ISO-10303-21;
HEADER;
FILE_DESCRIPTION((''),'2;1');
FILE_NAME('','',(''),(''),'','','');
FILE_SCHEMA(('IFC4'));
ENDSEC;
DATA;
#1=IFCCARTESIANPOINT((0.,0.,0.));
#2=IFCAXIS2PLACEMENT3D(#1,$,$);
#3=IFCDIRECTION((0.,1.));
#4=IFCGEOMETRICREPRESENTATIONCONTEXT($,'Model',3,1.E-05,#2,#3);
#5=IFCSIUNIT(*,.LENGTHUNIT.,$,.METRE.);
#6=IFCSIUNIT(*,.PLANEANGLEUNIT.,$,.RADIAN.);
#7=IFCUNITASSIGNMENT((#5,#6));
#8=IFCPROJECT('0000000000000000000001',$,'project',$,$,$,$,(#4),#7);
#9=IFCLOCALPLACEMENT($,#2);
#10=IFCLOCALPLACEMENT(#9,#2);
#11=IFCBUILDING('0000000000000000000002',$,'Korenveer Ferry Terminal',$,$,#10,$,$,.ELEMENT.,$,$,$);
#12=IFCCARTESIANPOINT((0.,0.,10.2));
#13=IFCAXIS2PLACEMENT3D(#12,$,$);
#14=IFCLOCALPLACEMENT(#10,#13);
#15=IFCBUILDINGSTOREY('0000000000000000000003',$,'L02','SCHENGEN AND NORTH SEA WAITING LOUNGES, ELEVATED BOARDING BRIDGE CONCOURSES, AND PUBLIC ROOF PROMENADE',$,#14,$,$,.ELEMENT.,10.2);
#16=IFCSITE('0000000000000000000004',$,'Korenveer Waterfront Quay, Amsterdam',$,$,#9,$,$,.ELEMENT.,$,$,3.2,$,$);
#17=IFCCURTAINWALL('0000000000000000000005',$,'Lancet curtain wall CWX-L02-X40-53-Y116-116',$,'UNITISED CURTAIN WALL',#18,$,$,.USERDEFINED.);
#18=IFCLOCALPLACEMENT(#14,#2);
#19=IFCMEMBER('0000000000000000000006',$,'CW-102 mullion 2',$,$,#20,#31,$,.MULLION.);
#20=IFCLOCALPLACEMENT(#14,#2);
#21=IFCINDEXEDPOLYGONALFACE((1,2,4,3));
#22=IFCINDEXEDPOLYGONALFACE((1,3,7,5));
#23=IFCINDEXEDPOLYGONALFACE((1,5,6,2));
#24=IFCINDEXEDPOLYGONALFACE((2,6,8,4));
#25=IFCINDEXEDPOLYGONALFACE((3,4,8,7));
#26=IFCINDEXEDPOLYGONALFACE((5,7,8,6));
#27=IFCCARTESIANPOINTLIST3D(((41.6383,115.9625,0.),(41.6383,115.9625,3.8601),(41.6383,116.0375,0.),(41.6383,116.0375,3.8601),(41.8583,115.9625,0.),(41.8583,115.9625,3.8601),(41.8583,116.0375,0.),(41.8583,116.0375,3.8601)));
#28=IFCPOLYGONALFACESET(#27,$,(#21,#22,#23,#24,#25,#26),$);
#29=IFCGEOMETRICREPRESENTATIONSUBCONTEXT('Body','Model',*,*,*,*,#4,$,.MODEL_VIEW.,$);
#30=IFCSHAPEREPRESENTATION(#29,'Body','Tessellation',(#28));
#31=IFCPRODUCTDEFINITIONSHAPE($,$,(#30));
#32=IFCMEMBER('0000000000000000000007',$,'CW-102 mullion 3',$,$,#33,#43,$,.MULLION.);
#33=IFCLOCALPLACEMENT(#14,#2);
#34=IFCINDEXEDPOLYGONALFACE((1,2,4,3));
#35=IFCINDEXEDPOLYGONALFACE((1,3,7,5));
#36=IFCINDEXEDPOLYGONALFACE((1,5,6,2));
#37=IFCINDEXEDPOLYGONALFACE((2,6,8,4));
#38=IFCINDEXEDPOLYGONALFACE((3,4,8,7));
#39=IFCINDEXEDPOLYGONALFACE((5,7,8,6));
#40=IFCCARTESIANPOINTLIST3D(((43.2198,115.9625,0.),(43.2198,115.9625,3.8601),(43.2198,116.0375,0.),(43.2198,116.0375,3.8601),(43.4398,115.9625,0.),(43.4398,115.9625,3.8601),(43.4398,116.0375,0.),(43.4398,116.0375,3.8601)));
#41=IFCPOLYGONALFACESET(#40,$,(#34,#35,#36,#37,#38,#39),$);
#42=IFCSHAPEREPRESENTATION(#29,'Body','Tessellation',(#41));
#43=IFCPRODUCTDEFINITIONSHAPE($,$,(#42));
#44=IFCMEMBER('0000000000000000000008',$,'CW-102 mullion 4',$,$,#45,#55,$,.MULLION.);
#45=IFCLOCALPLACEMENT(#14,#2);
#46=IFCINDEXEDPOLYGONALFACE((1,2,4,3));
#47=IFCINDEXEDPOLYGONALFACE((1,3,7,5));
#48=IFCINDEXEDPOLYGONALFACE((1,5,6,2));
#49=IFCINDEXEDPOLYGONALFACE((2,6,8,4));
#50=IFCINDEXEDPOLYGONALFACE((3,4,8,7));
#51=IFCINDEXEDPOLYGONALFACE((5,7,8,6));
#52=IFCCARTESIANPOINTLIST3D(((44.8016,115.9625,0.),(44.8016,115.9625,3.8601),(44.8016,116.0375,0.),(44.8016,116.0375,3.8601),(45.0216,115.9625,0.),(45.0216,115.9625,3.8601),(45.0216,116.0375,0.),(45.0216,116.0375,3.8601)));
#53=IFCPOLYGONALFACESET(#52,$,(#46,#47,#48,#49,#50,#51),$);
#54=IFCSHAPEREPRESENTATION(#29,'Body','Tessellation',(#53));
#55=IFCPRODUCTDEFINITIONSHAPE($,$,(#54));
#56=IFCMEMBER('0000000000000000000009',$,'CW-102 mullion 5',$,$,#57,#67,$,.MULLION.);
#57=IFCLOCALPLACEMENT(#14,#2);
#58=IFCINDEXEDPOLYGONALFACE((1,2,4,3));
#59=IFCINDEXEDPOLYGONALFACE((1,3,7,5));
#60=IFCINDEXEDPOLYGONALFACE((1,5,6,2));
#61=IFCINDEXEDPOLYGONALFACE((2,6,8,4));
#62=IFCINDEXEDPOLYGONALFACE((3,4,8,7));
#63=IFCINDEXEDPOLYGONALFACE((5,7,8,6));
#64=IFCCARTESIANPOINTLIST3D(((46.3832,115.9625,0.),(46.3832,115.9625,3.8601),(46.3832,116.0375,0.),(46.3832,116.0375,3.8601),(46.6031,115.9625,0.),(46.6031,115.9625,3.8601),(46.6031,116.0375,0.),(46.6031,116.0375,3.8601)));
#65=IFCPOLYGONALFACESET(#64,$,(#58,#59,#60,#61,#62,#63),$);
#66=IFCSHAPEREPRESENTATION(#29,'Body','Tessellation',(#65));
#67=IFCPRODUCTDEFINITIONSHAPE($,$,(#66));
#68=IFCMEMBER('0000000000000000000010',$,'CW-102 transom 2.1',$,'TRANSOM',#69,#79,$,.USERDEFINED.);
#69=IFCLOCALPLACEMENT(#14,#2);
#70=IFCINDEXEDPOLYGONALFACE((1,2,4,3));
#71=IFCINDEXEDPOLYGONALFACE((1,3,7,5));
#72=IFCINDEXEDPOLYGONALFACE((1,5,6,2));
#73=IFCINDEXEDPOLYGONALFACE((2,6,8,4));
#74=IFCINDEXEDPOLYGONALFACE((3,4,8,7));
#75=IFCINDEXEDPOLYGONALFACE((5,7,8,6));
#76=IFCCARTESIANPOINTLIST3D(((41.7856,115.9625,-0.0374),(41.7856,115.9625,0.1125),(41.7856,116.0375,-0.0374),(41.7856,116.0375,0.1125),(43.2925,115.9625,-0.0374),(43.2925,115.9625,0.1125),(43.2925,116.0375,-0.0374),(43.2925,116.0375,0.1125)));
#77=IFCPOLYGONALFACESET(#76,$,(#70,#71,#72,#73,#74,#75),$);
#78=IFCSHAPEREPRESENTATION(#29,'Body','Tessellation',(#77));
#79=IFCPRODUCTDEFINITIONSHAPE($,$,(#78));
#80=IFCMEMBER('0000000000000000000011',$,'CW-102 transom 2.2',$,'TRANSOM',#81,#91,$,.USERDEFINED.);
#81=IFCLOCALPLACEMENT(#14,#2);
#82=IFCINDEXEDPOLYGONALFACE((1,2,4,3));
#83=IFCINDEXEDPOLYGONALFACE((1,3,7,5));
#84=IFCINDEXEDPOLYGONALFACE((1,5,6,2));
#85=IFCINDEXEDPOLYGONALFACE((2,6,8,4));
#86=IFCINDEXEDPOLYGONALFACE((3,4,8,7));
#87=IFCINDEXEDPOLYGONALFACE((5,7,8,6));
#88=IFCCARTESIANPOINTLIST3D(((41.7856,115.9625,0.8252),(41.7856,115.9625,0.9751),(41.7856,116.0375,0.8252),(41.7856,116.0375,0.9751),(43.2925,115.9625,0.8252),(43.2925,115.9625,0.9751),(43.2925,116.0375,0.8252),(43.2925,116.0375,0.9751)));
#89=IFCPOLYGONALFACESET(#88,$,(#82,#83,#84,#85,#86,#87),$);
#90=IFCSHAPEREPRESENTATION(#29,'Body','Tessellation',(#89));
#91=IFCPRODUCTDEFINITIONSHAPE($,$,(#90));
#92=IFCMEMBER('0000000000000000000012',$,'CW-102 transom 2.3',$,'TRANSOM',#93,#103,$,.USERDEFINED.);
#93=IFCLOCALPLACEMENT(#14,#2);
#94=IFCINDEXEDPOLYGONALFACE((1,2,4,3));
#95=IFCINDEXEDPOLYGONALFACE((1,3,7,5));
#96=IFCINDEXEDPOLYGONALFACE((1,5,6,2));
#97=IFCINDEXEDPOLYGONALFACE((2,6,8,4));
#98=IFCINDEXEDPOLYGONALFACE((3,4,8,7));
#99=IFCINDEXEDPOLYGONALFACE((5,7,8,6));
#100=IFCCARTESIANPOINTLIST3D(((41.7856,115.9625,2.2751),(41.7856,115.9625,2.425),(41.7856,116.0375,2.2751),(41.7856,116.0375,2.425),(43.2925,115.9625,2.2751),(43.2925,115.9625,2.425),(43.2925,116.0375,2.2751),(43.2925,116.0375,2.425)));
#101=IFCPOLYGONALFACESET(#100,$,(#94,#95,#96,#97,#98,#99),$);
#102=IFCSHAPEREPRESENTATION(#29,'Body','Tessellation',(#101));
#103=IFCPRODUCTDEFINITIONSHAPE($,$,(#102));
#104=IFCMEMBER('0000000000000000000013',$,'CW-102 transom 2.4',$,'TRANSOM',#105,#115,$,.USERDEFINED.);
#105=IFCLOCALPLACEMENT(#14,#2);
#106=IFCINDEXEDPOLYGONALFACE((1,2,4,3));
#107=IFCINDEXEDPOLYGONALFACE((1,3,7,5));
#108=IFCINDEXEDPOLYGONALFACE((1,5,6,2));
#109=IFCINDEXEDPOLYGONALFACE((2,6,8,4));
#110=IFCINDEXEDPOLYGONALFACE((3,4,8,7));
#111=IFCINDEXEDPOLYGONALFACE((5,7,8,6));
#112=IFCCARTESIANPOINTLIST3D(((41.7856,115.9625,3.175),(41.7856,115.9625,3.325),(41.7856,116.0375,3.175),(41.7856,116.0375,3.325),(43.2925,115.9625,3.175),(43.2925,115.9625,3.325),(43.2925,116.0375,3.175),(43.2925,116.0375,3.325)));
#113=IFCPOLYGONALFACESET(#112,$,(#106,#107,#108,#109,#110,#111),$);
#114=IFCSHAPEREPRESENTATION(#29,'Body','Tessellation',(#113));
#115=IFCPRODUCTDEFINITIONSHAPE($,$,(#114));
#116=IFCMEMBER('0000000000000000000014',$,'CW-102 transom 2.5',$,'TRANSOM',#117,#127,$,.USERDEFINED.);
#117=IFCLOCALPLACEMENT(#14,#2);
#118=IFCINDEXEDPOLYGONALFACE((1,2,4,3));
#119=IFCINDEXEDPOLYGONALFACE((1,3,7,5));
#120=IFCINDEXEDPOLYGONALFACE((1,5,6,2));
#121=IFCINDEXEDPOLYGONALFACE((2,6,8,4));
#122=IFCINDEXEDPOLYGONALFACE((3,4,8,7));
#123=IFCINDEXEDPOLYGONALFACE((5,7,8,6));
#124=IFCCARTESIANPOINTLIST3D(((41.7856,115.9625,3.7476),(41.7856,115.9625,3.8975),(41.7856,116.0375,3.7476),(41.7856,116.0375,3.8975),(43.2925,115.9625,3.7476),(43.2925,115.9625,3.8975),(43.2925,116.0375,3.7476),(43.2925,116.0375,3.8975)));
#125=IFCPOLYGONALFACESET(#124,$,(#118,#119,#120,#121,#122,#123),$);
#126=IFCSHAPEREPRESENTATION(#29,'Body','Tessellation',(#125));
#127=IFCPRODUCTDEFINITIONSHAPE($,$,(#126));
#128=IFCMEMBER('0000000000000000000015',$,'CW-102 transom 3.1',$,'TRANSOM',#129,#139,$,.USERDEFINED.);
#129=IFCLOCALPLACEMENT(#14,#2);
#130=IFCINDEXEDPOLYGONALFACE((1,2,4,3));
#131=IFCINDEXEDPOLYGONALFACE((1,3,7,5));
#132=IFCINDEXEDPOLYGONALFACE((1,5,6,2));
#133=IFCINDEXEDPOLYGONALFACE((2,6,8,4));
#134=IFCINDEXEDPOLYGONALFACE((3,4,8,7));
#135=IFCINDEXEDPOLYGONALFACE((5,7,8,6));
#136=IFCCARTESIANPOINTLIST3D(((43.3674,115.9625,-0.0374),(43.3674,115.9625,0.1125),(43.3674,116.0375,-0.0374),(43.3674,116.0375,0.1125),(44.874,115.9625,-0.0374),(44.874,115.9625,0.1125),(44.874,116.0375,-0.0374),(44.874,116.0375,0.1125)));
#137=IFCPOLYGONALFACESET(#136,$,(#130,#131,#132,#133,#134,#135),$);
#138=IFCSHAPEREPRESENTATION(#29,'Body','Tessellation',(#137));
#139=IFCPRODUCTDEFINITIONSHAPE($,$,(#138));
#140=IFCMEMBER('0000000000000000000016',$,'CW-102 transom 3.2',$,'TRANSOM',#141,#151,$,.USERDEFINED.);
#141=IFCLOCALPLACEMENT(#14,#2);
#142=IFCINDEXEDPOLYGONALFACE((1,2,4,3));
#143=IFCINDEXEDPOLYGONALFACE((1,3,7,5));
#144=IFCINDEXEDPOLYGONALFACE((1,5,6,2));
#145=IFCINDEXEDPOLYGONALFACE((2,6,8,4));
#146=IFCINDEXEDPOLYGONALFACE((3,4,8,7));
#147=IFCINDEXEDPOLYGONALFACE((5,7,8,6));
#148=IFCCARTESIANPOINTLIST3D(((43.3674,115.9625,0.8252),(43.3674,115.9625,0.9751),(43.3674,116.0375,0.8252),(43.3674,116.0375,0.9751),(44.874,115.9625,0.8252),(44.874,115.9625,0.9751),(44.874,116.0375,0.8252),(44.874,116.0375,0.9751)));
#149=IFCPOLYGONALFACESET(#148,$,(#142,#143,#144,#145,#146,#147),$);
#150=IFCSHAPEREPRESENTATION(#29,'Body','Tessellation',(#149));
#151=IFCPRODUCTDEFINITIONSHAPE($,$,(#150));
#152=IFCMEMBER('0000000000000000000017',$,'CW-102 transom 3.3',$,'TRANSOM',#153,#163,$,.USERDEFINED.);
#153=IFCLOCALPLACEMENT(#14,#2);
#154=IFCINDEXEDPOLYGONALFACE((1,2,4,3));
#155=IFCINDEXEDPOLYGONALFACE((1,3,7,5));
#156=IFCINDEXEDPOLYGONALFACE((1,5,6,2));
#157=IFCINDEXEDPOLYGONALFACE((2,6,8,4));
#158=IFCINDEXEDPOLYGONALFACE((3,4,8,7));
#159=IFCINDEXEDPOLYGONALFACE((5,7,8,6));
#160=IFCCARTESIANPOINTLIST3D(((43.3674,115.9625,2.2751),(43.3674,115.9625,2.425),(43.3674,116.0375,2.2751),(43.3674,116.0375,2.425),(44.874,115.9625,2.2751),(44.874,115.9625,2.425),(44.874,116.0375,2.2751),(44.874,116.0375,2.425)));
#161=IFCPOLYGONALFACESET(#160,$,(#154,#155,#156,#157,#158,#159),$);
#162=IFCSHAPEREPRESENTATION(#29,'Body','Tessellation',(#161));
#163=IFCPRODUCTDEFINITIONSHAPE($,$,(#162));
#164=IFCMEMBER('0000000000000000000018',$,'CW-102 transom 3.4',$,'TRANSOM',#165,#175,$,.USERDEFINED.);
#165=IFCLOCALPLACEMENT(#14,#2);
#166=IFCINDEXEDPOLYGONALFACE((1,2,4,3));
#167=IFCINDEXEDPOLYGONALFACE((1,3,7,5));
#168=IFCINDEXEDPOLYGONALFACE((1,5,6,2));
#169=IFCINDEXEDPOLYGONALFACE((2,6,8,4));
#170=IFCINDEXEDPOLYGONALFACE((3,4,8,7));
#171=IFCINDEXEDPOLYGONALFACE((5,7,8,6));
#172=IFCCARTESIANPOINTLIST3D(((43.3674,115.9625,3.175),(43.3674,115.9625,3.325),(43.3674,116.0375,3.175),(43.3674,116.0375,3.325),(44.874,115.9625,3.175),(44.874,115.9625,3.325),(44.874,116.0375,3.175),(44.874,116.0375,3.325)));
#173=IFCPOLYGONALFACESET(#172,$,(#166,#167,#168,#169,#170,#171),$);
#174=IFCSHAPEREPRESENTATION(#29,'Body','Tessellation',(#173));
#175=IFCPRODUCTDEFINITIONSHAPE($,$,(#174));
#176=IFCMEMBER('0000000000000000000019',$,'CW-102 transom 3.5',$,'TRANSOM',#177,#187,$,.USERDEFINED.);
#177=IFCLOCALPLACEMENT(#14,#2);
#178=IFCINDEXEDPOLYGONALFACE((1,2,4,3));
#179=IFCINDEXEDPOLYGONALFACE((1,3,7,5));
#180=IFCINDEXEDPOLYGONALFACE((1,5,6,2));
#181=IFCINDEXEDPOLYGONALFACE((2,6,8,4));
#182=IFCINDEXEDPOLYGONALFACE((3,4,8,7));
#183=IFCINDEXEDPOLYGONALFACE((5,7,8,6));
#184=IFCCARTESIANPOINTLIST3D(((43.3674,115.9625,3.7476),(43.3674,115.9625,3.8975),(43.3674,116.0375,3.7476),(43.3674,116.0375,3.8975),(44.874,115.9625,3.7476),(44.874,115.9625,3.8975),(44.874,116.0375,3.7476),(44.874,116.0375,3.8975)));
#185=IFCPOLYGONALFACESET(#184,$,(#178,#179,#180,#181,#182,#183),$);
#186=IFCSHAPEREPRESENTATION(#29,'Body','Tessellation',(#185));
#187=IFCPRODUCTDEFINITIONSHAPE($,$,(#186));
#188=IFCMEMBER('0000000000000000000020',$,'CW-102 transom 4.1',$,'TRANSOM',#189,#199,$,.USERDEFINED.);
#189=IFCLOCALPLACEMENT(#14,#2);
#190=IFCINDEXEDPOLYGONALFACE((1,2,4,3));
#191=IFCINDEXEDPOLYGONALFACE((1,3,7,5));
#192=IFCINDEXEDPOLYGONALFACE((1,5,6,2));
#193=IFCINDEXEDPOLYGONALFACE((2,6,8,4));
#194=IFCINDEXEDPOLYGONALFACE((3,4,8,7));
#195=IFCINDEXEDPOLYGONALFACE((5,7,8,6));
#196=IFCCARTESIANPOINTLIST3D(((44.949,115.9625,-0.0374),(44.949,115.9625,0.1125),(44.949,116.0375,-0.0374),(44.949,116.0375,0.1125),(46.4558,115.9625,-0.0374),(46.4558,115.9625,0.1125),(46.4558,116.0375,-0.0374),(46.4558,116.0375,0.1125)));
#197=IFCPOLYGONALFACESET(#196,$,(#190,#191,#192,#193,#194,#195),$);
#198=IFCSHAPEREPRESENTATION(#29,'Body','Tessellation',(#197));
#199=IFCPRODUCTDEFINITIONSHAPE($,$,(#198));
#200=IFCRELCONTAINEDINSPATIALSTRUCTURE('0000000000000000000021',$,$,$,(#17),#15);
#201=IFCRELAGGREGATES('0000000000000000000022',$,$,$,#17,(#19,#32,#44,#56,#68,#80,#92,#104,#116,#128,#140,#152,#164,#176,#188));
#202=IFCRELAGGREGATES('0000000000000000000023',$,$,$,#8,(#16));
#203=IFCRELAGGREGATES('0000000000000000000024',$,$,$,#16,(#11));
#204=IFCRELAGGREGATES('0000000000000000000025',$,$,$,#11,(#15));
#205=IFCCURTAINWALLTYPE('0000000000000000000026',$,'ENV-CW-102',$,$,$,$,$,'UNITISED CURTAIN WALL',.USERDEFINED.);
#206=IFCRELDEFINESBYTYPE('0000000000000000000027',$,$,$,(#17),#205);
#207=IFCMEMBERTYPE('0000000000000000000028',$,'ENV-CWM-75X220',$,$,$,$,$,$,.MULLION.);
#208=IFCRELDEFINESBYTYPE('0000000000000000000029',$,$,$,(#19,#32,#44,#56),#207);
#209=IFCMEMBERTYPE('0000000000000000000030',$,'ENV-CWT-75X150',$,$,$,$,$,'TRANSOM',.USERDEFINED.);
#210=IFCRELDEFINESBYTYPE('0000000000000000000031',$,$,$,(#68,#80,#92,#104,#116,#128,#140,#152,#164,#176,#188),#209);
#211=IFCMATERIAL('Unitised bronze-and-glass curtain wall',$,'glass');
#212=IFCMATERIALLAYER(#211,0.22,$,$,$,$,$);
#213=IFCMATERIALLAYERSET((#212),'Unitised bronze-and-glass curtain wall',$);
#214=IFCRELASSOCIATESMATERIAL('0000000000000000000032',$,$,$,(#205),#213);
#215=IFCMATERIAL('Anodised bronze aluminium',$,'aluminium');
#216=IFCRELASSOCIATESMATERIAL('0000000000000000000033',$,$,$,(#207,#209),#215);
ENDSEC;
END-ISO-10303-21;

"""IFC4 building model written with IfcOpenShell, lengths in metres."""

from ifc_helpers import new_model, si_unit, direction, frame, origin, origin_2d, place, context, subcontext, project, spatial, rectangle, extrude, material, layer, layer_set, material_profile, profile_set, type_object, element, aggregate, save


model = new_model("IFC4")

# Units and contexts
model_context = context("Model", 3, precision=1e-05, world=origin(), true_north=direction((0.0, 1.0)))
body_context = subcontext(model_context, "Body", "Model", "MODEL_VIEW")
ifc_project = project(units=[si_unit("LENGTHUNIT", "METRE"), si_unit("PLANEANGLEUNIT", "RADIAN")], contexts=[model_context])

# Site, building, storey
site_placement = place(None, origin())
site = spatial("IfcSite", under=ifc_project, at=site_placement, Name="Korenveer Waterfront Quay, Amsterdam", CompositionType="ELEMENT", RefElevation=3.2)
building_placement = place(site_placement, origin())
building = spatial("IfcBuilding", under=site, at=building_placement, Name="Korenveer Ferry Terminal", CompositionType="ELEMENT")
storey_placement = place(building_placement, frame((0.0, 0.0, 10.2)))
storey = spatial("IfcBuildingStorey", under=building, at=storey_placement, Name="L02", Description="SCHENGEN AND NORTH SEA WAITING LOUNGES, ELEVATED BOARDING BRIDGE CONCOURSES, AND PUBLIC ROOF PROMENADE", CompositionType="ELEMENT", Elevation=10.2)

# Curtain wall, members
ifc_material_1 = material(Name="Unitised bronze-and-glass curtain wall", Category="glass")
ifc_layer_1 = layer(ifc_material_1, 0.22)
ifc_layer_set_1 = layer_set([ifc_layer_1], Name="Unitised bronze-and-glass curtain wall")
curtain_wall_type = type_object("IfcCurtainWallType", Name="ENV-CW-102", ElementType="UNITISED CURTAIN WALL", PredefinedType="USERDEFINED", material=ifc_layer_set_1)
curtain_wall_placement = place(storey_placement, frame((40.1665, 116.0, 0.0)))
curtain_wall = element("IfcCurtainWall", 1, at=curtain_wall_placement, inside=storey, type_object=curtain_wall_type, Name="Lancet curtain wall CWX-L02-X40-53-Y116-116", ObjectType="UNITISED CURTAIN WALL", PredefinedType="USERDEFINED")
ifc_material_2 = material(Name="Anodised bronze aluminium", Category="aluminium")
ifc_material_profile_1 = material_profile(ifc_material_2, rectangle(XDim=0.075, YDim=0.22, at=origin_2d()), Name="ALU 75x220")
ifc_profile_set_1 = profile_set([ifc_material_profile_1], Name="Anodised bronze aluminium")
member_type_1 = type_object("IfcMemberType", Name="ENV-CWM-75X220", PredefinedType="MULLION", material=ifc_profile_set_1)
member_1_placement = place(storey_placement, frame((41.7483, 116.0, 0.0), z_axis=(0.0, 0.0, 1.0), x_axis=(0.0, 1.0, 0.0)))
member_1 = element("IfcMember", 2, at=member_1_placement, type_object=member_type_1, Name="CW-102 mullion 2", PredefinedType="MULLION", context=body_context, shape_type="SweptSolid", body=[
    extrude(rectangle(XDim=0.075, YDim=0.22, at=origin_2d()), origin(), (0.0, 0.0, 1.0), 3.8601),
])
member_2_placement = place(storey_placement, frame((43.3298, 116.0, 0.0), z_axis=(0.0, 0.0, 1.0), x_axis=(0.0, 1.0, 0.0)))
member_2 = element("IfcMember", 3, at=member_2_placement, type_object=member_type_1, Name="CW-102 mullion 3", PredefinedType="MULLION", context=body_context, shape_type="SweptSolid", body=[
    extrude(rectangle(XDim=0.075, YDim=0.22, at=origin_2d()), origin(), (0.0, 0.0, 1.0), 3.8601),
])
member_3_placement = place(storey_placement, frame((44.9116, 116.0, 0.0), z_axis=(0.0, 0.0, 1.0), x_axis=(0.0, 1.0, 0.0)))
member_3 = element("IfcMember", 4, at=member_3_placement, type_object=member_type_1, Name="CW-102 mullion 4", PredefinedType="MULLION", context=body_context, shape_type="SweptSolid", body=[
    extrude(rectangle(XDim=0.075, YDim=0.22, at=origin_2d()), origin(), (0.0, 0.0, 1.0), 3.8601),
])
member_4_placement = place(storey_placement, frame((46.4932, 116.0, 0.0), z_axis=(0.0, 0.0, 1.0), x_axis=(0.0, 1.0, 0.0)))
member_4 = element("IfcMember", 5, at=member_4_placement, type_object=member_type_1, Name="CW-102 mullion 5", PredefinedType="MULLION", context=body_context, shape_type="SweptSolid", body=[
    extrude(rectangle(XDim=0.075, YDim=0.22, at=origin_2d()), origin(), (0.0, 0.0, 1.0), 3.8601),
])
ifc_material_profile_2 = material_profile(ifc_material_2, rectangle(XDim=0.075, YDim=0.1499, at=origin_2d()), Name="ALU 75x150")
ifc_profile_set_2 = profile_set([ifc_material_profile_2], Name="Anodised bronze aluminium")
member_type_2 = type_object("IfcMemberType", Name="ENV-CWT-75X150", ElementType="TRANSOM", PredefinedType="USERDEFINED", material=ifc_profile_set_2)
member_5_placement = place(storey_placement, frame((41.7856, 116.0, 0.0376), z_axis=(1.0, 0.0, 0.0), x_axis=(0.0, 1.0, 0.0)))
member_5 = element("IfcMember", 6, at=member_5_placement, type_object=member_type_2, Name="CW-102 transom 2.1", ObjectType="TRANSOM", PredefinedType="USERDEFINED", context=body_context, shape_type="SweptSolid", body=[
    extrude(rectangle(XDim=0.075, YDim=0.1499, at=origin_2d()), origin(), (0.0, 0.0, 1.0), 1.5068),
])
member_6_placement = place(storey_placement, frame((41.7856, 116.0, 0.9001), z_axis=(1.0, 0.0, 0.0), x_axis=(0.0, 1.0, 0.0)))
member_6 = element("IfcMember", 7, at=member_6_placement, type_object=member_type_2, Name="CW-102 transom 2.2", ObjectType="TRANSOM", PredefinedType="USERDEFINED", context=body_context, shape_type="SweptSolid", body=[
    extrude(rectangle(XDim=0.075, YDim=0.1499, at=origin_2d()), origin(), (0.0, 0.0, 1.0), 1.5068),
])
member_7_placement = place(storey_placement, frame((41.7856, 116.0, 2.3501), z_axis=(1.0, 0.0, 0.0), x_axis=(0.0, 1.0, 0.0)))
member_7 = element("IfcMember", 8, at=member_7_placement, type_object=member_type_2, Name="CW-102 transom 2.3", ObjectType="TRANSOM", PredefinedType="USERDEFINED", context=body_context, shape_type="SweptSolid", body=[
    extrude(rectangle(XDim=0.075, YDim=0.1499, at=origin_2d()), origin(), (0.0, 0.0, 1.0), 1.5068),
])
member_8_placement = place(storey_placement, frame((41.7856, 116.0, 3.25), z_axis=(1.0, 0.0, 0.0), x_axis=(0.0, 1.0, 0.0)))
member_8 = element("IfcMember", 9, at=member_8_placement, type_object=member_type_2, Name="CW-102 transom 2.4", ObjectType="TRANSOM", PredefinedType="USERDEFINED", context=body_context, shape_type="SweptSolid", body=[
    extrude(rectangle(XDim=0.075, YDim=0.1499, at=origin_2d()), origin(), (0.0, 0.0, 1.0), 1.5068),
])
member_9_placement = place(storey_placement, frame((41.7856, 116.0, 3.8225), z_axis=(1.0, 0.0, 0.0), x_axis=(0.0, 1.0, 0.0)))
member_9 = element("IfcMember", 10, at=member_9_placement, type_object=member_type_2, Name="CW-102 transom 2.5", ObjectType="TRANSOM", PredefinedType="USERDEFINED", context=body_context, shape_type="SweptSolid", body=[
    extrude(rectangle(XDim=0.075, YDim=0.1499, at=origin_2d()), origin(), (0.0, 0.0, 1.0), 1.5068),
])
member_10_placement = place(storey_placement, frame((43.3674, 116.0, 0.0376), z_axis=(1.0, 0.0, 0.0), x_axis=(0.0, 1.0, 0.0)))
member_10 = element("IfcMember", 11, at=member_10_placement, type_object=member_type_2, Name="CW-102 transom 3.1", ObjectType="TRANSOM", PredefinedType="USERDEFINED", context=body_context, shape_type="SweptSolid", body=[
    extrude(rectangle(XDim=0.075, YDim=0.1499, at=origin_2d()), origin(), (0.0, 0.0, 1.0), 1.5066),
])
member_11_placement = place(storey_placement, frame((43.3674, 116.0, 0.9001), z_axis=(1.0, 0.0, 0.0), x_axis=(0.0, 1.0, 0.0)))
member_11 = element("IfcMember", 12, at=member_11_placement, type_object=member_type_2, Name="CW-102 transom 3.2", ObjectType="TRANSOM", PredefinedType="USERDEFINED", context=body_context, shape_type="SweptSolid", body=[
    extrude(rectangle(XDim=0.075, YDim=0.1499, at=origin_2d()), origin(), (0.0, 0.0, 1.0), 1.5066),
])
member_12_placement = place(storey_placement, frame((43.3674, 116.0, 2.3501), z_axis=(1.0, 0.0, 0.0), x_axis=(0.0, 1.0, 0.0)))
member_12 = element("IfcMember", 13, at=member_12_placement, type_object=member_type_2, Name="CW-102 transom 3.3", ObjectType="TRANSOM", PredefinedType="USERDEFINED", context=body_context, shape_type="SweptSolid", body=[
    extrude(rectangle(XDim=0.075, YDim=0.1499, at=origin_2d()), origin(), (0.0, 0.0, 1.0), 1.5066),
])
member_13_placement = place(storey_placement, frame((43.3674, 116.0, 3.25), z_axis=(1.0, 0.0, 0.0), x_axis=(0.0, 1.0, 0.0)))
member_13 = element("IfcMember", 14, at=member_13_placement, type_object=member_type_2, Name="CW-102 transom 3.4", ObjectType="TRANSOM", PredefinedType="USERDEFINED", context=body_context, shape_type="SweptSolid", body=[
    extrude(rectangle(XDim=0.075, YDim=0.1499, at=origin_2d()), origin(), (0.0, 0.0, 1.0), 1.5066),
])
member_14_placement = place(storey_placement, frame((43.3674, 116.0, 3.8225), z_axis=(1.0, 0.0, 0.0), x_axis=(0.0, 1.0, 0.0)))
member_14 = element("IfcMember", 15, at=member_14_placement, type_object=member_type_2, Name="CW-102 transom 3.5", ObjectType="TRANSOM", PredefinedType="USERDEFINED", context=body_context, shape_type="SweptSolid", body=[
    extrude(rectangle(XDim=0.075, YDim=0.1499, at=origin_2d()), origin(), (0.0, 0.0, 1.0), 1.5066),
])
member_15_placement = place(storey_placement, frame((44.949, 116.0, 0.0376), z_axis=(1.0, 0.0, 0.0), x_axis=(0.0, 1.0, 0.0)))
member_15 = element("IfcMember", 16, at=member_15_placement, type_object=member_type_2, Name="CW-102 transom 4.1", ObjectType="TRANSOM", PredefinedType="USERDEFINED", context=body_context, shape_type="SweptSolid", body=[
    extrude(rectangle(XDim=0.075, YDim=0.1499, at=origin_2d()), origin(), (0.0, 0.0, 1.0), 1.5068),
])
aggregate(curtain_wall, [member_1, member_2, member_3, member_4, member_5, member_6, member_7, member_8, member_9, member_10, member_11, member_12, member_13, member_14, member_15])

save(model, "model.ifc")
